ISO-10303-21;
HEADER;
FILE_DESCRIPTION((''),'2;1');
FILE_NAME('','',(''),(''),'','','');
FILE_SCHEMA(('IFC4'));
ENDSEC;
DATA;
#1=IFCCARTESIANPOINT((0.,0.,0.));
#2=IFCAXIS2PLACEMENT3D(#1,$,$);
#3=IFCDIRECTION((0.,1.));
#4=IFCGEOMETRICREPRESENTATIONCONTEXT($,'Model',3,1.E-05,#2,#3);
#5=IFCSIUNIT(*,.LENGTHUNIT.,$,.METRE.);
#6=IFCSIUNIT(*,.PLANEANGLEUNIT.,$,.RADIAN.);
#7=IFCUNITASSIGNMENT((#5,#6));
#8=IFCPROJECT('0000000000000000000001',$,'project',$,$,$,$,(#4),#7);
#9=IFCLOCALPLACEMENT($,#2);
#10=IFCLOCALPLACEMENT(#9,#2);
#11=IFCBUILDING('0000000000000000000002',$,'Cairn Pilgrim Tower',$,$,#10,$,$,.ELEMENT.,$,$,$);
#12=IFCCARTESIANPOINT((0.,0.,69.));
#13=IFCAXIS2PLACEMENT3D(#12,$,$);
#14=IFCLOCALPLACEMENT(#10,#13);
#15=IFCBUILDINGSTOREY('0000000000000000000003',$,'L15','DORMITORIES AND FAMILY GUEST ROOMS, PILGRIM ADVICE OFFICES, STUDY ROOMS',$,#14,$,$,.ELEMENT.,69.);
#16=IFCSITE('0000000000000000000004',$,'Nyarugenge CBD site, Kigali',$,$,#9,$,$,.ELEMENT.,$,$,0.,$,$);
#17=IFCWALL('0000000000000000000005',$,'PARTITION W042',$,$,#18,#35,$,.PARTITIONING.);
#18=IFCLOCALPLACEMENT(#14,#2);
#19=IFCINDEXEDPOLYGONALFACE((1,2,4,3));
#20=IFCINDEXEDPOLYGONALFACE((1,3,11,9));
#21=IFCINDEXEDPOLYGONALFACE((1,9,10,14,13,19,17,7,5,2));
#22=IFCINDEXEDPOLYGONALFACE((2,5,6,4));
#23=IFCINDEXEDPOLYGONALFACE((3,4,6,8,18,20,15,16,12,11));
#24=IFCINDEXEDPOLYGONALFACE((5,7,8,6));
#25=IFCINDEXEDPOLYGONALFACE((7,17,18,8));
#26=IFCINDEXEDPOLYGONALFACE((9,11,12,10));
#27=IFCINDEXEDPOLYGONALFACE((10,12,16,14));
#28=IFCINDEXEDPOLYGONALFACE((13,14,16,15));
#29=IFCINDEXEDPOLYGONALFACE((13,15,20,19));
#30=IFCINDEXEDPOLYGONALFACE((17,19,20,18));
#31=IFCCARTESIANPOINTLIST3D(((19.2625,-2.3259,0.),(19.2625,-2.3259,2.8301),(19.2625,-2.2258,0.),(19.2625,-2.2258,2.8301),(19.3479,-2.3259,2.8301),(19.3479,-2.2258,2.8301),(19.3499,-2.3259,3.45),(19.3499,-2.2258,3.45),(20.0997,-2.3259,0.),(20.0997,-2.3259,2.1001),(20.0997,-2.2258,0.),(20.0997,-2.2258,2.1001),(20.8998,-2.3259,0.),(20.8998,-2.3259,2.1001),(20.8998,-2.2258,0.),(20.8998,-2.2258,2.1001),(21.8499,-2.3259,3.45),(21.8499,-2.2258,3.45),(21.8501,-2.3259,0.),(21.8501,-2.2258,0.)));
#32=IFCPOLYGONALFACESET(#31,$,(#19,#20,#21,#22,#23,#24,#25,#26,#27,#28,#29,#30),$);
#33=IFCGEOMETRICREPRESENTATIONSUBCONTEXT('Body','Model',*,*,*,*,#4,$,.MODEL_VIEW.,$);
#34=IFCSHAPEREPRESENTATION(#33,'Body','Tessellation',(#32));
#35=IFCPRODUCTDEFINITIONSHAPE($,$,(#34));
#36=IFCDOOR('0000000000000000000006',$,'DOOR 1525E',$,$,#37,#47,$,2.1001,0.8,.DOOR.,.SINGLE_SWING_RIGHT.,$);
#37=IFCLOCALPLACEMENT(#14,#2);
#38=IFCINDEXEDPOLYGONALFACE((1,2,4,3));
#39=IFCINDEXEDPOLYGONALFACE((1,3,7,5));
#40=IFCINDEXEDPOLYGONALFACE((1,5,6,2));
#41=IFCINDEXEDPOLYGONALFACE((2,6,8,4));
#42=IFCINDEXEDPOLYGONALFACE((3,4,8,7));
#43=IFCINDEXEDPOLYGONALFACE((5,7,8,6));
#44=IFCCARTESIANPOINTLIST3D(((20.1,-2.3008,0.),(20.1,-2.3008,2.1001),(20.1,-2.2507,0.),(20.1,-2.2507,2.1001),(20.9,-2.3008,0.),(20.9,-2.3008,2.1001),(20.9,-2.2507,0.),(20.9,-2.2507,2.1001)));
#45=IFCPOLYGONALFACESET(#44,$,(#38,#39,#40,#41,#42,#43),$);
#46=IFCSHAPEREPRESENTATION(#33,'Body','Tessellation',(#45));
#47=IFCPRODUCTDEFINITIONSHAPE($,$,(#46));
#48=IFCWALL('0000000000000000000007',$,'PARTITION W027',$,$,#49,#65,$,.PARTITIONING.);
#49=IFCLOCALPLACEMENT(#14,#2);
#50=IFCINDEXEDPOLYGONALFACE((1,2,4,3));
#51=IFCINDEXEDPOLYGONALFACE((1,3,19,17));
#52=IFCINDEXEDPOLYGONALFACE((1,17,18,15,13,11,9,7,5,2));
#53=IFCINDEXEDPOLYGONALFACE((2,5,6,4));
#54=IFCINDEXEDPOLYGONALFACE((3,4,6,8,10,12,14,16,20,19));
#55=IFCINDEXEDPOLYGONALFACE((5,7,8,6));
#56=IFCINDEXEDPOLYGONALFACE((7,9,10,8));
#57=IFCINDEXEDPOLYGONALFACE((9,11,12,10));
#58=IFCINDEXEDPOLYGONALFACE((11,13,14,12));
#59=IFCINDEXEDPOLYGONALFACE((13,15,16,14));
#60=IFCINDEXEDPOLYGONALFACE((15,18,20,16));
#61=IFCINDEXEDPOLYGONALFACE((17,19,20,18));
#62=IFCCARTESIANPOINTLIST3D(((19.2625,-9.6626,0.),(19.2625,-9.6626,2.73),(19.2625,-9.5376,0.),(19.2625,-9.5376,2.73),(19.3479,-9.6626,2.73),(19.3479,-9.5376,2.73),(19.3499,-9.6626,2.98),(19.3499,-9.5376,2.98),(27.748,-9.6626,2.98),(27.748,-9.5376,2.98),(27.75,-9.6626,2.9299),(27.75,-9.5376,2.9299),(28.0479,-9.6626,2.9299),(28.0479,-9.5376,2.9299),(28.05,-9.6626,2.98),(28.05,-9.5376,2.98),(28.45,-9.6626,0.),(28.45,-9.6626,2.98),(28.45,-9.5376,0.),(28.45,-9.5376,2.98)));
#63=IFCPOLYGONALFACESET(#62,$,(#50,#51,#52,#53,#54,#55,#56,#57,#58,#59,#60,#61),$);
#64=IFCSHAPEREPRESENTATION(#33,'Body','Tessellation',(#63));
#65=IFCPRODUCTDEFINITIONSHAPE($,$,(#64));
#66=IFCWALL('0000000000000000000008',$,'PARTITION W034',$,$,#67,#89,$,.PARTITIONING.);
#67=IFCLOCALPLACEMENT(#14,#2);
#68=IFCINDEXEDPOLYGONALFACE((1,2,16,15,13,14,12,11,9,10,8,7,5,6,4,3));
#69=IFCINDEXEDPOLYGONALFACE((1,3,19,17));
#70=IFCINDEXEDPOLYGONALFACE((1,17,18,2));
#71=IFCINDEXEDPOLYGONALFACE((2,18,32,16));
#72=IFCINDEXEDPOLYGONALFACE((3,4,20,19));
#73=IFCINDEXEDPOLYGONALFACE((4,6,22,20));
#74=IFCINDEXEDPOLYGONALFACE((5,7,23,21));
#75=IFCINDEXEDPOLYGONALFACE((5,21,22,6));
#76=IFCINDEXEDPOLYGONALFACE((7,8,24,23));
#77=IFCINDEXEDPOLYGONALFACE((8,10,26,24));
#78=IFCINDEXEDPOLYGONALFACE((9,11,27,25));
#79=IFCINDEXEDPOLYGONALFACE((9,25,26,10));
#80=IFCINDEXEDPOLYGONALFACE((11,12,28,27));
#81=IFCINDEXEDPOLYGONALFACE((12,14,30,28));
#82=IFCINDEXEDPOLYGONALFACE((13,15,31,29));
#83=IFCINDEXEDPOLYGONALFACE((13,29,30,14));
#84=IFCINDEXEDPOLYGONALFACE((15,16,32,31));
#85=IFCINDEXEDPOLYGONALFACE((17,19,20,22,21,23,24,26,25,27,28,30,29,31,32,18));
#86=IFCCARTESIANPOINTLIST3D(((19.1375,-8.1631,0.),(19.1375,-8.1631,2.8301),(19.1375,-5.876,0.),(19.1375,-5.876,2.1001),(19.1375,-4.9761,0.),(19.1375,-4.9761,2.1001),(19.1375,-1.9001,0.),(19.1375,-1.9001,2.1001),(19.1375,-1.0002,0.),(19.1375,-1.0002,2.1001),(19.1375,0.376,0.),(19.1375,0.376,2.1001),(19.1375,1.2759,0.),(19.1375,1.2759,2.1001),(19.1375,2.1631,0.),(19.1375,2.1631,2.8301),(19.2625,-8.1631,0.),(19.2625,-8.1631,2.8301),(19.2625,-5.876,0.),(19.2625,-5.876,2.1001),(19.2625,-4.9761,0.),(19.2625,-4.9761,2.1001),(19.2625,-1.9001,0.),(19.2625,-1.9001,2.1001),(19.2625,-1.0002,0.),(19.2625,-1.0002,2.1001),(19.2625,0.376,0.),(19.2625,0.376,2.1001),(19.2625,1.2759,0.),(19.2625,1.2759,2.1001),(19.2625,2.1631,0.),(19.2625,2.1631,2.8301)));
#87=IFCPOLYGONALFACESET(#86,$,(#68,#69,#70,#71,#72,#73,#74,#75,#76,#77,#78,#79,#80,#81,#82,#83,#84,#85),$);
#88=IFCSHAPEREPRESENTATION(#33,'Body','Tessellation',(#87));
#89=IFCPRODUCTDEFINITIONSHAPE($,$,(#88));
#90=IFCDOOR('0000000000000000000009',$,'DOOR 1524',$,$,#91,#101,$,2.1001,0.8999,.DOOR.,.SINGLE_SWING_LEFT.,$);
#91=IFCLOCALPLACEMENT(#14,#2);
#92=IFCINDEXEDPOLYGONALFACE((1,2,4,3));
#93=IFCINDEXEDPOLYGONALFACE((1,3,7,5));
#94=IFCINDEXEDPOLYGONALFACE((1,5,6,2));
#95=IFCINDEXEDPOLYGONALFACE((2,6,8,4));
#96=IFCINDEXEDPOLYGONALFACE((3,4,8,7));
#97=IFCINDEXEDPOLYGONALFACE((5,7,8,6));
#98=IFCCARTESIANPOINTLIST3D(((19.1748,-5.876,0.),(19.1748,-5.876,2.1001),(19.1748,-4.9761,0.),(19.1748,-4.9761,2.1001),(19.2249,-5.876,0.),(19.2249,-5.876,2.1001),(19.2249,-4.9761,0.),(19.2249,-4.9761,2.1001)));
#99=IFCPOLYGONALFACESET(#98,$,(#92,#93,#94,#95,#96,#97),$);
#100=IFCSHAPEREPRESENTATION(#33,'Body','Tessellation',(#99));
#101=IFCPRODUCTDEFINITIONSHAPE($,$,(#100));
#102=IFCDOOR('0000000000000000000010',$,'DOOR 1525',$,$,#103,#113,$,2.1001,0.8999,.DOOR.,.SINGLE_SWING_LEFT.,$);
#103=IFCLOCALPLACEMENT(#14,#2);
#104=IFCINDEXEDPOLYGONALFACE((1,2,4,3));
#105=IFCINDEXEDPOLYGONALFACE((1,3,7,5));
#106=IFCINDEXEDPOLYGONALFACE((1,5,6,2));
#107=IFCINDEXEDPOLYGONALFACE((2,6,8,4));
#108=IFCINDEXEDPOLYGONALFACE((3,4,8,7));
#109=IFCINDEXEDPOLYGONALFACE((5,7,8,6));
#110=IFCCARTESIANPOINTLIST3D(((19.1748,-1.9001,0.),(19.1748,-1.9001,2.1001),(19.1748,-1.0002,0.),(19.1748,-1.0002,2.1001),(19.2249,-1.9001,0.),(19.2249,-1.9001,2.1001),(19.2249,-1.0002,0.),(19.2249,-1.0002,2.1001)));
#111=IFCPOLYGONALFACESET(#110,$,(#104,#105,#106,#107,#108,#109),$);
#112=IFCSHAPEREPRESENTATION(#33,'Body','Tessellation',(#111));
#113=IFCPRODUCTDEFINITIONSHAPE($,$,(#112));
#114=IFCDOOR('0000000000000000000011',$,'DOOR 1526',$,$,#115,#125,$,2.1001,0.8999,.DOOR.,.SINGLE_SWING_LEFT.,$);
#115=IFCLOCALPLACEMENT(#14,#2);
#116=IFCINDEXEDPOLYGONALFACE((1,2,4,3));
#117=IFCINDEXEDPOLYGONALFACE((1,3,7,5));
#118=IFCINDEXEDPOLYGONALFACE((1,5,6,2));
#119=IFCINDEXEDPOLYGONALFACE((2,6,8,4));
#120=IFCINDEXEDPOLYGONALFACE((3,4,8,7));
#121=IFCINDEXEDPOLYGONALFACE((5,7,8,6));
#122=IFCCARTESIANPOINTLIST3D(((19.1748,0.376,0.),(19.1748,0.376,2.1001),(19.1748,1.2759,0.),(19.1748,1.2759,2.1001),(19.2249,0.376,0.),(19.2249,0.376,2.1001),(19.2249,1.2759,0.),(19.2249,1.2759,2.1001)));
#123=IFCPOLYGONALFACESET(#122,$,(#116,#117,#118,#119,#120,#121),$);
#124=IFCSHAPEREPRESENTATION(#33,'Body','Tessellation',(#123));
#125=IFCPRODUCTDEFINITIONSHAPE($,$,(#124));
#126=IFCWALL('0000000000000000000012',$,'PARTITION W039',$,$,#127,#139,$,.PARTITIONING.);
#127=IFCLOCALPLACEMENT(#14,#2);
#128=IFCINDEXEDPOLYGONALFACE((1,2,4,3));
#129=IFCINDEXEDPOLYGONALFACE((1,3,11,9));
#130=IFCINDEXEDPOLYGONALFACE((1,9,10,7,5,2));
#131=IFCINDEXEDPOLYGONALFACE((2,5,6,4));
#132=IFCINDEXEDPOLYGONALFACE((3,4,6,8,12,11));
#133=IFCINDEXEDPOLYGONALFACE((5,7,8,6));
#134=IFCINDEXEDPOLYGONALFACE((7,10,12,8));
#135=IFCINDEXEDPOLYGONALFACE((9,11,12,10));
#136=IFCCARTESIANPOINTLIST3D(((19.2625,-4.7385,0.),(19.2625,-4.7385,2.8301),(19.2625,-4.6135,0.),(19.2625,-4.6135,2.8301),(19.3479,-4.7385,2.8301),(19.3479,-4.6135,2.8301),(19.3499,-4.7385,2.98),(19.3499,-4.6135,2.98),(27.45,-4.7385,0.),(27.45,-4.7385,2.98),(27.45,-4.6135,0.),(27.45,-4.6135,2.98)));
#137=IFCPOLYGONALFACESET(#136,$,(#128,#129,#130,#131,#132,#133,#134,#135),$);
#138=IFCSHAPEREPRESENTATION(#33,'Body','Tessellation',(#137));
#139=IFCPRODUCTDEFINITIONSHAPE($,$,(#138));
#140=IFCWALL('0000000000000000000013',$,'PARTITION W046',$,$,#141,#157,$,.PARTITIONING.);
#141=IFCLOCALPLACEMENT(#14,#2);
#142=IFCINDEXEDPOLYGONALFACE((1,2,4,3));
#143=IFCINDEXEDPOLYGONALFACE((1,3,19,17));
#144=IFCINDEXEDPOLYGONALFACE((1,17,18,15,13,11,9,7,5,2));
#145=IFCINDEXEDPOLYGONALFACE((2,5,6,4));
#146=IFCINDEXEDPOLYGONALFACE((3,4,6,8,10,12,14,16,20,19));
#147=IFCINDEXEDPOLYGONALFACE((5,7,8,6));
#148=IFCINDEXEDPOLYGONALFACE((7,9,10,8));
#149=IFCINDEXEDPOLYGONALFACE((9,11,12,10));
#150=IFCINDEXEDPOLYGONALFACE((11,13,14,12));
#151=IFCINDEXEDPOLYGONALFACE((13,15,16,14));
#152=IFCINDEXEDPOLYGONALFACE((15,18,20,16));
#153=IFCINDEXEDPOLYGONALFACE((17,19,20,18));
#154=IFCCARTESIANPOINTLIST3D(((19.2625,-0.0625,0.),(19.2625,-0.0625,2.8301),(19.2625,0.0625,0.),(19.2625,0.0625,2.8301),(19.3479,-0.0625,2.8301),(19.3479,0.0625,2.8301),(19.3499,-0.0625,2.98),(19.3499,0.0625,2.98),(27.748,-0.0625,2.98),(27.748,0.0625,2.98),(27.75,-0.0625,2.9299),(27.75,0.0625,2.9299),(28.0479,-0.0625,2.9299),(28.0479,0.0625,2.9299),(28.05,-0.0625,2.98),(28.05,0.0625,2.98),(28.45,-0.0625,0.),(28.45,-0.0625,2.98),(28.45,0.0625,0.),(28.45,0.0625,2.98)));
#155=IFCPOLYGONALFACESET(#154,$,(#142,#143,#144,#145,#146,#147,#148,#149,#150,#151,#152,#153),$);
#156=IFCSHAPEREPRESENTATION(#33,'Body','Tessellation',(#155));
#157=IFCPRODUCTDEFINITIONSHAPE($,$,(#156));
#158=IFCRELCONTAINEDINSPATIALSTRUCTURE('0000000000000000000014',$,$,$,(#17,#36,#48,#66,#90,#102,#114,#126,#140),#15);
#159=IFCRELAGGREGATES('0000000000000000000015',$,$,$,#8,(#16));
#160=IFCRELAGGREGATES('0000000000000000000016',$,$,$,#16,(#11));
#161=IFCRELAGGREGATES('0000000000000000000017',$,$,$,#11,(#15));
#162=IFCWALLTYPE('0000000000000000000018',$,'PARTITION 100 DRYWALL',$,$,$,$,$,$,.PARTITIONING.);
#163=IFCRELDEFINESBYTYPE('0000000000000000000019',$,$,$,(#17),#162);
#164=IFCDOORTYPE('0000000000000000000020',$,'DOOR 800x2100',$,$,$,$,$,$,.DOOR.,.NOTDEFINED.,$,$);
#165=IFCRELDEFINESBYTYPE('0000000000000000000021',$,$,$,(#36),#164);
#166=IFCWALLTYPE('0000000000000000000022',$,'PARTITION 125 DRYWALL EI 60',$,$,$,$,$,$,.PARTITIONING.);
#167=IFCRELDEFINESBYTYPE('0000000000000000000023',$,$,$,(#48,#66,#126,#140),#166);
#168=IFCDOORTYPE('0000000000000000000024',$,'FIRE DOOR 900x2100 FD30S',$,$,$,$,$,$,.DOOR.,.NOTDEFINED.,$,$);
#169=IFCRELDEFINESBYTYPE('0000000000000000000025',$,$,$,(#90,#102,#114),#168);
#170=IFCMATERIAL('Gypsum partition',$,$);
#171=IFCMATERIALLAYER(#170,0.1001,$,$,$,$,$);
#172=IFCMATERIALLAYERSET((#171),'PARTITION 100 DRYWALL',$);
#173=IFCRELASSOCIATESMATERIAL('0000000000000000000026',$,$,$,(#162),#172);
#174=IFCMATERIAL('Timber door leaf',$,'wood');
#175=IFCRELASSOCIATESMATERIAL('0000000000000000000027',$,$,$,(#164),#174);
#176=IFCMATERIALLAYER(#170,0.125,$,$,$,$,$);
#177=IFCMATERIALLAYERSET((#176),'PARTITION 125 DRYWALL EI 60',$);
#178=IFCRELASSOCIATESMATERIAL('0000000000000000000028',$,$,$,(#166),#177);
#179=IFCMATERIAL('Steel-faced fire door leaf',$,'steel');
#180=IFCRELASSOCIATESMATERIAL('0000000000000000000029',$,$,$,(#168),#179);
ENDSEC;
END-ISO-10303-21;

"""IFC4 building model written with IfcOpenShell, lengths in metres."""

from ifc_helpers import new_model, si_unit, direction, frame, frame_2d, origin, place, context, subcontext, project, spatial, polyline, rectangle, outline, extrude, material, layer, layer_set, type_object, element, fill, save


model = new_model("IFC4")

# Units and contexts
model_context = context("Model", 3, precision=1e-05, world=origin(), true_north=direction((0.0, 1.0)))
body_context = subcontext(model_context, "Body", "Model", "MODEL_VIEW")
ifc_project = project(units=[si_unit("LENGTHUNIT", "METRE"), si_unit("PLANEANGLEUNIT", "RADIAN")], contexts=[model_context])

# Site, building, storey
site_placement = place(None, origin())
site = spatial("IfcSite", under=ifc_project, at=site_placement, Name="Nyarugenge CBD site, Kigali", CompositionType="ELEMENT", RefElevation=0.0)
building_placement = place(site_placement, origin())
building = spatial("IfcBuilding", under=site, at=building_placement, Name="Cairn Pilgrim Tower", CompositionType="ELEMENT")
storey_placement = place(building_placement, frame((0.0, 0.0, 69.0)))
storey = spatial("IfcBuildingStorey", under=building, at=storey_placement, Name="L15", Description="DORMITORIES AND FAMILY GUEST ROOMS, PILGRIM ADVICE OFFICES, STUDY ROOMS", CompositionType="ELEMENT", Elevation=69.0)

# Wall, opening, door
ifc_material_1 = material(Name="Gypsum partition")
ifc_layer_1 = layer(ifc_material_1, 0.1001)
ifc_layer_set_1 = layer_set([ifc_layer_1], Name="PARTITION 100 DRYWALL")
wall_type_1 = type_object("IfcWallType", Name="PARTITION 100 DRYWALL", PredefinedType="PARTITIONING", material=ifc_layer_set_1)
ifc_material_2 = material(Name="Timber door leaf", Category="wood")
door_type_1 = type_object("IfcDoorType", Name="DOOR 800x2100", OperationType="NOTDEFINED", PredefinedType="DOOR", material=ifc_material_2)
wall_1_placement = place(storey_placement, frame((19.2625, -2.2759, 0.0), z_axis=(0.0, 0.0, 1.0), x_axis=(1.0, 0.0, 0.0)))
wall_1 = element("IfcWall", 1, at=wall_1_placement, inside=storey, type_object=wall_type_1, Name="PARTITION W042", PredefinedType="PARTITIONING", context=body_context, shape_type="SweptSolid", body=[
    extrude(outline(polyline([(0.0, 0.0), (2.5876, 0.0), (2.5874, 3.45), (0.0874, 3.45), (0.0854, 2.8301), (0.0, 2.8301), (0.0, 0.0)])), frame((0.0, 0.05, 0.0), z_axis=(0.0, -1.0, 0.0), x_axis=(1.0, 0.0, 0.0)), (0.0, 0.0, 1.0), 0.1001),
])
opening_1_placement = place(wall_1_placement, frame((0.8374, 0.0, 0.0)))
opening_1 = element("IfcOpeningElement", 2, at=opening_1_placement, cuts=wall_1, PredefinedType="OPENING", context=body_context, shape_type="SweptSolid", body=[
    extrude(rectangle(XDim=0.8, YDim=2.1001, at=frame_2d((0.3999, 1.05))), frame((0.0, 0.0601, 0.0), z_axis=(0.0, -1.0, 0.0), x_axis=(1.0, 0.0, 0.0)), (0.0, 0.0, 1.0), 0.1201),
])
door_1_placement = place(opening_1_placement, frame((0.8, 0.0, 0.0), z_axis=(0.0, 0.0, 1.0), x_axis=(-1.0, 0.0, 0.0)))
door_1 = element("IfcDoor", 3, at=door_1_placement, inside=storey, type_object=door_type_1, Name="DOOR 1525E", OperationType="SINGLE_SWING_RIGHT", OverallHeight=2.1001, OverallWidth=0.8, PredefinedType="DOOR", context=body_context, shape_type="SweptSolid", body=[
    extrude(rectangle(XDim=0.8, YDim=2.1001, at=frame_2d((0.3999, 1.05))), frame((0.0, 0.0249, 0.0), z_axis=(0.0, -1.0, 0.0), x_axis=(1.0, 0.0, 0.0)), (0.0, 0.0, 1.0), 0.05),
])
fill(opening_1, door_1)

# Wall
ifc_layer_2 = layer(ifc_material_1, 0.125)
ifc_layer_set_2 = layer_set([ifc_layer_2], Name="PARTITION 125 DRYWALL EI 60")
wall_type_2 = type_object("IfcWallType", Name="PARTITION 125 DRYWALL EI 60", PredefinedType="PARTITIONING", material=ifc_layer_set_2)
wall_2_placement = place(storey_placement, frame((19.2625, -9.6001, 0.0), z_axis=(0.0, 0.0, 1.0), x_axis=(1.0, 0.0, 0.0)))
element("IfcWall", 4, at=wall_2_placement, inside=storey, type_object=wall_type_2, Name="PARTITION W027", PredefinedType="PARTITIONING", context=body_context, shape_type="SweptSolid", body=[
    extrude(outline(polyline([(0.0, 0.0), (9.1875, 0.0), (9.1875, 2.98), (8.7876, 2.98), (8.7854, 2.9299), (8.4875, 2.9299), (8.4856, 2.98), (0.0874, 2.98), (0.0854, 2.73), (0.0, 2.73), (0.0, 0.0)])), frame((0.0, 0.0625, 0.0), z_axis=(0.0, -1.0, 0.0), x_axis=(1.0, 0.0, 0.0)), (0.0, 0.0, 1.0), 0.125),
])

# Wall, openings, doors
wall_3_placement = place(storey_placement, frame((19.2, -8.1631, 0.0), z_axis=(0.0, 0.0, 1.0), x_axis=(0.0, 1.0, 0.0)))
wall_3 = element("IfcWall", 5, at=wall_3_placement, inside=storey, type_object=wall_type_2, Name="PARTITION W034", PredefinedType="PARTITIONING", context=body_context, shape_type="SweptSolid", body=[
    extrude(rectangle(XDim=10.3262, YDim=0.125, at=frame_2d((5.1631, 0.0))), origin(), (0.0, 0.0, 1.0), 2.8301),
])
opening_2_placement = place(wall_3_placement, frame((2.2871, 0.0, 0.0)))
opening_2 = element("IfcOpeningElement", 6, at=opening_2_placement, cuts=wall_3, PredefinedType="OPENING", context=body_context, shape_type="SweptSolid", body=[
    extrude(rectangle(XDim=0.8999, YDim=2.1001, at=frame_2d((0.45, 1.05))), frame((0.0, 0.0725, 0.0), z_axis=(0.0, -1.0, 0.0), x_axis=(1.0, 0.0, 0.0)), (0.0, 0.0, 1.0), 0.145),
])
opening_3_placement = place(wall_3_placement, frame((6.2629, 0.0, 0.0)))
opening_3 = element("IfcOpeningElement", 7, at=opening_3_placement, cuts=wall_3, PredefinedType="OPENING", context=body_context, shape_type="SweptSolid", body=[
    extrude(rectangle(XDim=0.8999, YDim=2.1001, at=frame_2d((0.45, 1.05))), frame((0.0, 0.0725, 0.0), z_axis=(0.0, -1.0, 0.0), x_axis=(1.0, 0.0, 0.0)), (0.0, 0.0, 1.0), 0.145),
])
opening_4_placement = place(wall_3_placement, frame((8.5391, 0.0, 0.0)))
opening_4 = element("IfcOpeningElement", 8, at=opening_4_placement, cuts=wall_3, PredefinedType="OPENING", context=body_context, shape_type="SweptSolid", body=[
    extrude(rectangle(XDim=0.8999, YDim=2.1001, at=frame_2d((0.45, 1.05))), frame((0.0, 0.0725, 0.0), z_axis=(0.0, -1.0, 0.0), x_axis=(1.0, 0.0, 0.0)), (0.0, 0.0, 1.0), 0.145),
])
ifc_material_3 = material(Name="Steel-faced fire door leaf", Category="steel")
door_type_2 = type_object("IfcDoorType", Name="FIRE DOOR 900x2100 FD30S", OperationType="NOTDEFINED", PredefinedType="DOOR", material=ifc_material_3)
door_2_placement = place(opening_2_placement, frame((0.8999, 0.0, 0.0), z_axis=(0.0, 0.0, 1.0), x_axis=(-1.0, 0.0, 0.0)))
door_2 = element("IfcDoor", 9, at=door_2_placement, inside=storey, type_object=door_type_2, Name="DOOR 1524", OperationType="SINGLE_SWING_LEFT", OverallHeight=2.1001, OverallWidth=0.8999, PredefinedType="DOOR", context=body_context, shape_type="SweptSolid", body=[
    extrude(rectangle(XDim=0.8999, YDim=2.1001, at=frame_2d((0.45, 1.05))), frame((0.0, 0.0249, 0.0), z_axis=(0.0, -1.0, 0.0), x_axis=(1.0, 0.0, 0.0)), (0.0, 0.0, 1.0), 0.05),
])
fill(opening_2, door_2)
door_3_placement = place(opening_3_placement, frame((0.8999, 0.0, 0.0), z_axis=(0.0, 0.0, 1.0), x_axis=(-1.0, 0.0, 0.0)))
door_3 = element("IfcDoor", 10, at=door_3_placement, inside=storey, type_object=door_type_2, Name="DOOR 1525", OperationType="SINGLE_SWING_LEFT", OverallHeight=2.1001, OverallWidth=0.8999, PredefinedType="DOOR", context=body_context, shape_type="SweptSolid", body=[
    extrude(rectangle(XDim=0.8999, YDim=2.1001, at=frame_2d((0.45, 1.05))), frame((0.0, 0.0249, 0.0), z_axis=(0.0, -1.0, 0.0), x_axis=(1.0, 0.0, 0.0)), (0.0, 0.0, 1.0), 0.05),
])
fill(opening_3, door_3)
door_4_placement = place(opening_4_placement, frame((0.8999, 0.0, 0.0), z_axis=(0.0, 0.0, 1.0), x_axis=(-1.0, 0.0, 0.0)))
door_4 = element("IfcDoor", 11, at=door_4_placement, inside=storey, type_object=door_type_2, Name="DOOR 1526", OperationType="SINGLE_SWING_LEFT", OverallHeight=2.1001, OverallWidth=0.8999, PredefinedType="DOOR", context=body_context, shape_type="SweptSolid", body=[
    extrude(rectangle(XDim=0.8999, YDim=2.1001, at=frame_2d((0.45, 1.05))), frame((0.0, 0.0249, 0.0), z_axis=(0.0, -1.0, 0.0), x_axis=(1.0, 0.0, 0.0)), (0.0, 0.0, 1.0), 0.05),
])
fill(opening_4, door_4)

# Walls
wall_4_placement = place(storey_placement, frame((19.2625, -4.676, 0.0), z_axis=(0.0, 0.0, 1.0), x_axis=(1.0, 0.0, 0.0)))
element("IfcWall", 12, at=wall_4_placement, inside=storey, type_object=wall_type_2, Name="PARTITION W039", PredefinedType="PARTITIONING", context=body_context, shape_type="SweptSolid", body=[
    extrude(outline(polyline([(0.0, 0.0), (8.1875, 0.0), (8.1875, 2.98), (0.0874, 2.98), (0.0854, 2.8301), (0.0, 2.8301), (0.0, 0.0)])), frame((0.0, 0.0625, 0.0), z_axis=(0.0, -1.0, 0.0), x_axis=(1.0, 0.0, 0.0)), (0.0, 0.0, 1.0), 0.125),
])
wall_5_placement = place(storey_placement, frame((19.2625, 0.0, 0.0), z_axis=(0.0, 0.0, 1.0), x_axis=(1.0, 0.0, 0.0)))
element("IfcWall", 13, at=wall_5_placement, inside=storey, type_object=wall_type_2, Name="PARTITION W046", PredefinedType="PARTITIONING", context=body_context, shape_type="SweptSolid", body=[
    extrude(outline(polyline([(0.0, 0.0), (9.1875, 0.0), (9.1875, 2.98), (8.7876, 2.98), (8.7854, 2.9299), (8.4875, 2.9299), (8.4856, 2.98), (0.0874, 2.98), (0.0854, 2.8301), (0.0, 2.8301), (0.0, 0.0)])), frame((0.0, 0.0625, 0.0), z_axis=(0.0, -1.0, 0.0), x_axis=(1.0, 0.0, 0.0)), (0.0, 0.0, 1.0), 0.125),
])

save(model, "model.ifc")
